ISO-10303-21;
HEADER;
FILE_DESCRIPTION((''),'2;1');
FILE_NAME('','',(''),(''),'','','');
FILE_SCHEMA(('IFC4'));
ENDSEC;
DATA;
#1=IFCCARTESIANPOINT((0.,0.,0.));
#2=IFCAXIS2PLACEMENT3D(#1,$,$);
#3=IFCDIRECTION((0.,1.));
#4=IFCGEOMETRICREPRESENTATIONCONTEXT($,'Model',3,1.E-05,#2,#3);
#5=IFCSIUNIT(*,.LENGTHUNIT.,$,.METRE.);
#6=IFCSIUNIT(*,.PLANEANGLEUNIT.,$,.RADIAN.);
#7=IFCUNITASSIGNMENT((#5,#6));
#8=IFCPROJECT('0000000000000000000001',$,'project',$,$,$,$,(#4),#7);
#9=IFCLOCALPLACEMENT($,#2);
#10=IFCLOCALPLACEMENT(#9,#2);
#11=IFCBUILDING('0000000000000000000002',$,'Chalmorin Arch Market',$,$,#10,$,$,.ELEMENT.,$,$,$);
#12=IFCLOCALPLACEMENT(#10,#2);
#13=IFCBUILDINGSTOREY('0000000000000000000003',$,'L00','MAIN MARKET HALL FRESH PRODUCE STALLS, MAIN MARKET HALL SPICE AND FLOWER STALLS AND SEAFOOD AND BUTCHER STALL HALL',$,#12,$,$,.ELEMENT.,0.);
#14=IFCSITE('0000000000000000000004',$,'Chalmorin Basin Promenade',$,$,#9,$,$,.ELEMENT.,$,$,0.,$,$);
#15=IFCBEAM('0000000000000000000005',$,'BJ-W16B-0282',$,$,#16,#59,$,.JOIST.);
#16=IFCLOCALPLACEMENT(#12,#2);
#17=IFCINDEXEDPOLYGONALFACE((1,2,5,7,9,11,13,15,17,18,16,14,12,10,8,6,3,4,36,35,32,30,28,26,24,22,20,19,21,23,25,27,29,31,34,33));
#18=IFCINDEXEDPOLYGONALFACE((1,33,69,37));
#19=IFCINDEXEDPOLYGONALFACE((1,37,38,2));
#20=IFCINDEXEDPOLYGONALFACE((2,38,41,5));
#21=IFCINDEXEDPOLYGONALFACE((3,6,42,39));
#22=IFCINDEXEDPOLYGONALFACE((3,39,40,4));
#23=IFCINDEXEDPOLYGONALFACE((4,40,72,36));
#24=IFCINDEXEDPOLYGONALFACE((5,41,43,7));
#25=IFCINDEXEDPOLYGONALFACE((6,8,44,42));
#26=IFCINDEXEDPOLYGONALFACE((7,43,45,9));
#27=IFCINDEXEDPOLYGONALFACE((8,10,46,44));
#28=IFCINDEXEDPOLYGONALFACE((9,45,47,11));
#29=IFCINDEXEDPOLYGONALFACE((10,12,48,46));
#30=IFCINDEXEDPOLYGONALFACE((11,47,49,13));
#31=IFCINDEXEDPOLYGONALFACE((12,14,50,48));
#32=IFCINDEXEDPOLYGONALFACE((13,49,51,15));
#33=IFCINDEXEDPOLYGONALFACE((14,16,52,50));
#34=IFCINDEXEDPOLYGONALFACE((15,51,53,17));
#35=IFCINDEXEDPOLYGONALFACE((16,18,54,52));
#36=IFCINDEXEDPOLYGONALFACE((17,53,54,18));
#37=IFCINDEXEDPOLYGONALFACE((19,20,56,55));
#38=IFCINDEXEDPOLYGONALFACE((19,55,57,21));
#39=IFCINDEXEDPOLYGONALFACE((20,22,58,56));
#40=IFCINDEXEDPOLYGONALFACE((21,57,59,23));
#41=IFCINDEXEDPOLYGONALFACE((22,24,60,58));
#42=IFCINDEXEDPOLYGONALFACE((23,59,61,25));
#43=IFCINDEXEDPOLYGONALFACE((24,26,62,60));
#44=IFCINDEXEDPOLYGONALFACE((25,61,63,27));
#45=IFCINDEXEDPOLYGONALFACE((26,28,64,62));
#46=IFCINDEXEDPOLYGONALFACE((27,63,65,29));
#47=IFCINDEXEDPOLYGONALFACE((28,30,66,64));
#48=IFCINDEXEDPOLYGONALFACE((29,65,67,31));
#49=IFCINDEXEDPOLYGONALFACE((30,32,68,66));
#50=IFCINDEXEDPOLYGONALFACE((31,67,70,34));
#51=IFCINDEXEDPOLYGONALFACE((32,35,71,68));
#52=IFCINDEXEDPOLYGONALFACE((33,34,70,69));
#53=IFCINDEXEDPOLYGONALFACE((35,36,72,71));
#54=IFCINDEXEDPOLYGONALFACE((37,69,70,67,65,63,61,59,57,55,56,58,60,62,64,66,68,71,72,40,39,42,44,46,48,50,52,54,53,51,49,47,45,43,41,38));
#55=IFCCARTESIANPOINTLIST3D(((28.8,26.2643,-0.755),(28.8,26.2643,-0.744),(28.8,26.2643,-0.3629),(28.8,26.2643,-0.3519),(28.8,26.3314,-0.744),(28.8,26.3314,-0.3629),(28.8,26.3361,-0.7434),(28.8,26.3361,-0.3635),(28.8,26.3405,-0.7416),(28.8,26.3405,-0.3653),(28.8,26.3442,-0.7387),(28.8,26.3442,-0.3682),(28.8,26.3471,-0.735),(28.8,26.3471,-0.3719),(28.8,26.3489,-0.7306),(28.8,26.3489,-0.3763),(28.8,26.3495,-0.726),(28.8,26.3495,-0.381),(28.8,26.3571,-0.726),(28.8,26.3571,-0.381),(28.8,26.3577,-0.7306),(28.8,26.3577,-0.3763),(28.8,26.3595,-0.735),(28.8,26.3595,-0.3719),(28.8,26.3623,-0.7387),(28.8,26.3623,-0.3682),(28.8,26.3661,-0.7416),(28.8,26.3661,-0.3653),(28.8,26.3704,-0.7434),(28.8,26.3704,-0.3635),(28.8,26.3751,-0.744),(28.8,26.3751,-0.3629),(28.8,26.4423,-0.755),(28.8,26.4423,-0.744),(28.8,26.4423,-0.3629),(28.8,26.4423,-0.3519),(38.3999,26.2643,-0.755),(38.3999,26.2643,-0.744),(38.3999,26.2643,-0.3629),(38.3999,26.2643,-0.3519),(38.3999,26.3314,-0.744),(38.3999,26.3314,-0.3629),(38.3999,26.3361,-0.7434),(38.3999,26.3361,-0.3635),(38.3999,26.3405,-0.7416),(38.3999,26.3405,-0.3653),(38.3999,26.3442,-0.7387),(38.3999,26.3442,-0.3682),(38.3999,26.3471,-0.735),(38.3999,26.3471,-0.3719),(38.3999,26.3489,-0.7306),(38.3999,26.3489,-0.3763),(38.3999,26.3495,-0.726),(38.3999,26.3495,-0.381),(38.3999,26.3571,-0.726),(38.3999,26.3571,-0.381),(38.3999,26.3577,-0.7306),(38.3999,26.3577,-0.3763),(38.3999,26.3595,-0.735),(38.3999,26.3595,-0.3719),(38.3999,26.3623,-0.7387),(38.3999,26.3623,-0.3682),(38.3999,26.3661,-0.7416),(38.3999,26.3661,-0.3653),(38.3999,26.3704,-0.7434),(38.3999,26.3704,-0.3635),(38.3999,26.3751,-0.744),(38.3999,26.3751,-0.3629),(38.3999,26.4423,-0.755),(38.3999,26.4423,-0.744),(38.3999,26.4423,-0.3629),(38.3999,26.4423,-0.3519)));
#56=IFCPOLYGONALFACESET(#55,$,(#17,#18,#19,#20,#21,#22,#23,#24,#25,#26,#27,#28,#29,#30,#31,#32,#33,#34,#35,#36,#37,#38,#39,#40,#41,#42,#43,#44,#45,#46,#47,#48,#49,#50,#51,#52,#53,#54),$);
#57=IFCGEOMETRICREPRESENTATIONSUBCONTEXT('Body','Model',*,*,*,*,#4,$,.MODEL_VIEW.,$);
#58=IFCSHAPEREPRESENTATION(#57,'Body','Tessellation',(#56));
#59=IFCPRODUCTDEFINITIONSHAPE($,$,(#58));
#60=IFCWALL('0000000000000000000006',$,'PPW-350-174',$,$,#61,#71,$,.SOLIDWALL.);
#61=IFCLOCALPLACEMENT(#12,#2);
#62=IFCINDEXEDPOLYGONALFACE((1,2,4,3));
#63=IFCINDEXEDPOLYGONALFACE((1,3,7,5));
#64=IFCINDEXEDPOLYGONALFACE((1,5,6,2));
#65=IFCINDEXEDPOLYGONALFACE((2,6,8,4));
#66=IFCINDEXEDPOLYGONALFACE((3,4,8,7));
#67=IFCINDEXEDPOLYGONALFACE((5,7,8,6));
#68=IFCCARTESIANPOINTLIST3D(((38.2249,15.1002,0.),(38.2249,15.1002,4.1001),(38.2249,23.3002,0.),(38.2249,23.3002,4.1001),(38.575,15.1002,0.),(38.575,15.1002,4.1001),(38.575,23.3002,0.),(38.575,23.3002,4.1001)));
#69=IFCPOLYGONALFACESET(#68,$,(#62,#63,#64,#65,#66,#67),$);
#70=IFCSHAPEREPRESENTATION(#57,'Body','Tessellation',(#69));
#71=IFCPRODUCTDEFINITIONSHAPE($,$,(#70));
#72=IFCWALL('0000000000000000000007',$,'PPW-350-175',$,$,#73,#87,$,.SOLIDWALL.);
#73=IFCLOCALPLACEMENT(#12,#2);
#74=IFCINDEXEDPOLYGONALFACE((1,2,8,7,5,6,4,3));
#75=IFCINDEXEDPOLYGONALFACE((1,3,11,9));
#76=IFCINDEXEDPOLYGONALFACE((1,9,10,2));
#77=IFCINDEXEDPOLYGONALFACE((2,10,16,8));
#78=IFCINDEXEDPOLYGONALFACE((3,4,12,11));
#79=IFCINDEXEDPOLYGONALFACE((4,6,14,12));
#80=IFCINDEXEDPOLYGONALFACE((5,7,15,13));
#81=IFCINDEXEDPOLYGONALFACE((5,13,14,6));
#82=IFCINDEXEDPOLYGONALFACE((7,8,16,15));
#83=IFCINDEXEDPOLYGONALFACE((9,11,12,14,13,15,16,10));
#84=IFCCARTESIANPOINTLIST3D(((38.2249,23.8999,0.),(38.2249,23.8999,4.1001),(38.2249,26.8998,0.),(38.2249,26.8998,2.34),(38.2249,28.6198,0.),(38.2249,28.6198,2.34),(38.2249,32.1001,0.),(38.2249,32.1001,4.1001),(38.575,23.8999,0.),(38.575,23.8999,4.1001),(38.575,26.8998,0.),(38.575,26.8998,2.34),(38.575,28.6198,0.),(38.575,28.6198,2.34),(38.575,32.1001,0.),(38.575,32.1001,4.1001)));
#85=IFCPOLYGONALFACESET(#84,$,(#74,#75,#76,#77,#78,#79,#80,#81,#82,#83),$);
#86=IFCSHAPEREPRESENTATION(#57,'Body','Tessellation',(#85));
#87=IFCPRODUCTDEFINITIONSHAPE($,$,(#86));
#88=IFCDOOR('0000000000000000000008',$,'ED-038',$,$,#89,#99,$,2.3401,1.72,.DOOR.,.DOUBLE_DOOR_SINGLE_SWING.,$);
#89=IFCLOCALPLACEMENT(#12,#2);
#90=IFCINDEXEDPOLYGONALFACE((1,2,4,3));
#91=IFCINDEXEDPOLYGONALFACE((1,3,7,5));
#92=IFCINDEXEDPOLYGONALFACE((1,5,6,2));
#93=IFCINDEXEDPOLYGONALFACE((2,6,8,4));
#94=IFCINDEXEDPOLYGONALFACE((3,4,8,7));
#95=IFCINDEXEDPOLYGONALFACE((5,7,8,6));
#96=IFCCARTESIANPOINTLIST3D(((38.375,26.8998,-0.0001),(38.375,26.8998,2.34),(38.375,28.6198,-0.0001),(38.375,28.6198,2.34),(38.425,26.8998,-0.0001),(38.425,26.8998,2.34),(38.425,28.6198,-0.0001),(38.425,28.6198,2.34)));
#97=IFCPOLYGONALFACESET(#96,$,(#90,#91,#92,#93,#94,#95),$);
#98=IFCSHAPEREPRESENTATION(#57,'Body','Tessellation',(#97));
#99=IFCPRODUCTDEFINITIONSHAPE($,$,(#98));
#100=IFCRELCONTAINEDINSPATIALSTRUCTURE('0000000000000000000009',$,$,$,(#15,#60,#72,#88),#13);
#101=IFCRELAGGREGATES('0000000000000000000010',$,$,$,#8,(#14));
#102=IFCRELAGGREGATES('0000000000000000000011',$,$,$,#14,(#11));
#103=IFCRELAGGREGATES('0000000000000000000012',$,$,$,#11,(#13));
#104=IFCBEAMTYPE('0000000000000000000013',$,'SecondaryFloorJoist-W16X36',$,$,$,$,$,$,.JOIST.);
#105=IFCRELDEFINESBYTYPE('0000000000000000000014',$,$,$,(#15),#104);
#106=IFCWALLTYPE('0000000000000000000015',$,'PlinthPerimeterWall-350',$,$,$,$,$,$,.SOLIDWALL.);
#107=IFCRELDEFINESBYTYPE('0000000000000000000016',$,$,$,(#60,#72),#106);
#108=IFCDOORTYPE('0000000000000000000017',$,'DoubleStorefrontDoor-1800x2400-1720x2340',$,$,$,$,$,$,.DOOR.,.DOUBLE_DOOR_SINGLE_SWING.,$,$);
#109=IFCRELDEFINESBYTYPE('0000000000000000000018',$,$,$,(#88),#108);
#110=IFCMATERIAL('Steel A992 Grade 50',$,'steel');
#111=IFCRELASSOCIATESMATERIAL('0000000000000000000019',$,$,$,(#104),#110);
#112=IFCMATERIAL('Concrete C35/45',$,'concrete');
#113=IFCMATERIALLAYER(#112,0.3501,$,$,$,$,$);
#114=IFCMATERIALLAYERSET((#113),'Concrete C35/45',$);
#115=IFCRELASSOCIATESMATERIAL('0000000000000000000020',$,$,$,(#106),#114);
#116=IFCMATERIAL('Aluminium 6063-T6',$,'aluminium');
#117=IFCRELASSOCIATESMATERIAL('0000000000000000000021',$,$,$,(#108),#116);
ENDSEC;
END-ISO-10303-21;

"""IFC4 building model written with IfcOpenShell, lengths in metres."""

from ifc_helpers import new_model, si_unit, direction, frame, frame_2d, origin, origin_2d, place, context, subcontext, project, spatial, rectangle, i_section, extrude, material, layer, layer_set, material_profile, profile_set, type_object, element, fill, save


model = new_model("IFC4")

# Units and contexts
model_context = context("Model", 3, precision=1e-05, world=origin(), true_north=direction((0.0, 1.0)))
body_context = subcontext(model_context, "Body", "Model", "MODEL_VIEW")
ifc_project = project(units=[si_unit("LENGTHUNIT", "METRE"), si_unit("PLANEANGLEUNIT", "RADIAN")], contexts=[model_context])

# Site, building, storey
site_placement = place(None, origin())
site = spatial("IfcSite", under=ifc_project, at=site_placement, Name="Chalmorin Basin Promenade", CompositionType="ELEMENT", RefElevation=0.0)
building_placement = place(site_placement, origin())
building = spatial("IfcBuilding", under=site, at=building_placement, Name="Chalmorin Arch Market", CompositionType="ELEMENT")
storey_placement = place(building_placement, origin())
storey = spatial("IfcBuildingStorey", under=building, at=storey_placement, Name="L00", Description="MAIN MARKET HALL FRESH PRODUCE STALLS, MAIN MARKET HALL SPICE AND FLOWER STALLS AND SEAFOOD AND BUTCHER STALL HALL", CompositionType="ELEMENT", Elevation=0.0)

# Beam
ifc_material_1 = material(Name="Steel A992 Grade 50", Category="steel")
ifc_material_profile_1 = material_profile(ifc_material_1, i_section(OverallWidth=0.178, OverallDepth=0.4031, WebThickness=0.0076, FlangeThickness=0.011, FilletRadius=0.0181, at=origin_2d()), Name="W16X36")
ifc_profile_set_1 = profile_set([ifc_material_profile_1], Name="Steel A992 Grade 50")
beam_type_1 = type_object("IfcBeamType", Name="SecondaryFloorJoist-W16X36", PredefinedType="JOIST", material=ifc_profile_set_1)
for number, where, z_axis, x_axis, name in (
    (1, (28.8, 26.3533, -0.5535), (1.0, 0.0, 0.0), (0.0, 1.0, 0.0), "BJ-W16B-0282"),
):
    element("IfcBeam", number, at=place(storey_placement, frame(where, z_axis=z_axis, x_axis=x_axis)), inside=storey, type_object=beam_type_1, Name=name, PredefinedType="JOIST", context=body_context, shape_type="SweptSolid", body=[
        extrude(i_section(OverallWidth=0.178, OverallDepth=0.4031, WebThickness=0.0076, FlangeThickness=0.011, FilletRadius=0.0181, at=origin_2d()), origin(), (0.0, 0.0, 1.0), 9.5999),
    ])

# Shared definitions
ifc_material_2 = material(Name="Concrete C35/45", Category="concrete")
ifc_layer = layer(ifc_material_2, 0.3501)
ifc_layer_set = layer_set([ifc_layer], Name="Concrete C35/45")
wall_type = type_object("IfcWallType", Name="PlinthPerimeterWall-350", PredefinedType="SOLIDWALL", material=ifc_layer_set)
ifc_material_3 = material(Name="Aluminium 6063-T6", Category="aluminium")

# Wall
wall_1_placement = place(storey_placement, frame((38.3999, 15.1001, 0.0), z_axis=(0.0, 0.0, 1.0), x_axis=(0.0, 1.0, 0.0)))
element("IfcWall", 2, at=wall_1_placement, inside=storey, type_object=wall_type, Name="PPW-350-174", PredefinedType="SOLIDWALL", context=body_context, shape_type="SweptSolid", body=[
    extrude(rectangle(XDim=8.2, YDim=0.3501, at=frame_2d((4.1001, 0.0))), origin(), (0.0, 0.0, 1.0), 4.1001),
])

# Wall, opening, door
wall_2_placement = place(storey_placement, frame((38.3999, 23.8999, 0.0), z_axis=(0.0, 0.0, 1.0), x_axis=(0.0, 1.0, 0.0)))
wall_2 = element("IfcWall", 3, at=wall_2_placement, inside=storey, type_object=wall_type, Name="PPW-350-175", PredefinedType="SOLIDWALL", context=body_context, shape_type="SweptSolid", body=[
    extrude(rectangle(XDim=8.2002, YDim=0.3501, at=frame_2d((4.1001, 0.0))), origin(), (0.0, 0.0, 1.0), 4.1001),
])
opening_1_placement = place(wall_2_placement, frame((3.0, 0.0, 0.0)))
opening_1 = element("IfcOpeningElement", 4, at=opening_1_placement, cuts=wall_2, PredefinedType="OPENING", context=body_context, shape_type="SweptSolid", body=[
    extrude(rectangle(XDim=1.72, YDim=2.3401, at=frame_2d((0.8599, 1.1699))), frame((0.0, 0.1851, 0.0), z_axis=(0.0, -1.0, 0.0), x_axis=(1.0, 0.0, 0.0)), (0.0, 0.0, 1.0), 0.3701),
])
door_type_1 = type_object("IfcDoorType", Name="DoubleStorefrontDoor-1800x2400-1720x2340", OperationType="DOUBLE_DOOR_SINGLE_SWING", PredefinedType="DOOR", material=ifc_material_3)
door_1_placement = place(opening_1_placement, origin())
door_1 = element("IfcDoor", 5, at=door_1_placement, inside=storey, type_object=door_type_1, Name="ED-038", OperationType="DOUBLE_DOOR_SINGLE_SWING", OverallHeight=2.3401, OverallWidth=1.72, PredefinedType="DOOR", context=body_context, shape_type="SweptSolid", body=[
    extrude(rectangle(XDim=1.72, YDim=2.3401, at=frame_2d((0.8599, 1.1699))), frame((0.0, 0.0249, 0.0), z_axis=(0.0, -1.0, 0.0), x_axis=(1.0, 0.0, 0.0)), (0.0, 0.0, 1.0), 0.05),
])
fill(opening_1, door_1)

save(model, "model.ifc")
